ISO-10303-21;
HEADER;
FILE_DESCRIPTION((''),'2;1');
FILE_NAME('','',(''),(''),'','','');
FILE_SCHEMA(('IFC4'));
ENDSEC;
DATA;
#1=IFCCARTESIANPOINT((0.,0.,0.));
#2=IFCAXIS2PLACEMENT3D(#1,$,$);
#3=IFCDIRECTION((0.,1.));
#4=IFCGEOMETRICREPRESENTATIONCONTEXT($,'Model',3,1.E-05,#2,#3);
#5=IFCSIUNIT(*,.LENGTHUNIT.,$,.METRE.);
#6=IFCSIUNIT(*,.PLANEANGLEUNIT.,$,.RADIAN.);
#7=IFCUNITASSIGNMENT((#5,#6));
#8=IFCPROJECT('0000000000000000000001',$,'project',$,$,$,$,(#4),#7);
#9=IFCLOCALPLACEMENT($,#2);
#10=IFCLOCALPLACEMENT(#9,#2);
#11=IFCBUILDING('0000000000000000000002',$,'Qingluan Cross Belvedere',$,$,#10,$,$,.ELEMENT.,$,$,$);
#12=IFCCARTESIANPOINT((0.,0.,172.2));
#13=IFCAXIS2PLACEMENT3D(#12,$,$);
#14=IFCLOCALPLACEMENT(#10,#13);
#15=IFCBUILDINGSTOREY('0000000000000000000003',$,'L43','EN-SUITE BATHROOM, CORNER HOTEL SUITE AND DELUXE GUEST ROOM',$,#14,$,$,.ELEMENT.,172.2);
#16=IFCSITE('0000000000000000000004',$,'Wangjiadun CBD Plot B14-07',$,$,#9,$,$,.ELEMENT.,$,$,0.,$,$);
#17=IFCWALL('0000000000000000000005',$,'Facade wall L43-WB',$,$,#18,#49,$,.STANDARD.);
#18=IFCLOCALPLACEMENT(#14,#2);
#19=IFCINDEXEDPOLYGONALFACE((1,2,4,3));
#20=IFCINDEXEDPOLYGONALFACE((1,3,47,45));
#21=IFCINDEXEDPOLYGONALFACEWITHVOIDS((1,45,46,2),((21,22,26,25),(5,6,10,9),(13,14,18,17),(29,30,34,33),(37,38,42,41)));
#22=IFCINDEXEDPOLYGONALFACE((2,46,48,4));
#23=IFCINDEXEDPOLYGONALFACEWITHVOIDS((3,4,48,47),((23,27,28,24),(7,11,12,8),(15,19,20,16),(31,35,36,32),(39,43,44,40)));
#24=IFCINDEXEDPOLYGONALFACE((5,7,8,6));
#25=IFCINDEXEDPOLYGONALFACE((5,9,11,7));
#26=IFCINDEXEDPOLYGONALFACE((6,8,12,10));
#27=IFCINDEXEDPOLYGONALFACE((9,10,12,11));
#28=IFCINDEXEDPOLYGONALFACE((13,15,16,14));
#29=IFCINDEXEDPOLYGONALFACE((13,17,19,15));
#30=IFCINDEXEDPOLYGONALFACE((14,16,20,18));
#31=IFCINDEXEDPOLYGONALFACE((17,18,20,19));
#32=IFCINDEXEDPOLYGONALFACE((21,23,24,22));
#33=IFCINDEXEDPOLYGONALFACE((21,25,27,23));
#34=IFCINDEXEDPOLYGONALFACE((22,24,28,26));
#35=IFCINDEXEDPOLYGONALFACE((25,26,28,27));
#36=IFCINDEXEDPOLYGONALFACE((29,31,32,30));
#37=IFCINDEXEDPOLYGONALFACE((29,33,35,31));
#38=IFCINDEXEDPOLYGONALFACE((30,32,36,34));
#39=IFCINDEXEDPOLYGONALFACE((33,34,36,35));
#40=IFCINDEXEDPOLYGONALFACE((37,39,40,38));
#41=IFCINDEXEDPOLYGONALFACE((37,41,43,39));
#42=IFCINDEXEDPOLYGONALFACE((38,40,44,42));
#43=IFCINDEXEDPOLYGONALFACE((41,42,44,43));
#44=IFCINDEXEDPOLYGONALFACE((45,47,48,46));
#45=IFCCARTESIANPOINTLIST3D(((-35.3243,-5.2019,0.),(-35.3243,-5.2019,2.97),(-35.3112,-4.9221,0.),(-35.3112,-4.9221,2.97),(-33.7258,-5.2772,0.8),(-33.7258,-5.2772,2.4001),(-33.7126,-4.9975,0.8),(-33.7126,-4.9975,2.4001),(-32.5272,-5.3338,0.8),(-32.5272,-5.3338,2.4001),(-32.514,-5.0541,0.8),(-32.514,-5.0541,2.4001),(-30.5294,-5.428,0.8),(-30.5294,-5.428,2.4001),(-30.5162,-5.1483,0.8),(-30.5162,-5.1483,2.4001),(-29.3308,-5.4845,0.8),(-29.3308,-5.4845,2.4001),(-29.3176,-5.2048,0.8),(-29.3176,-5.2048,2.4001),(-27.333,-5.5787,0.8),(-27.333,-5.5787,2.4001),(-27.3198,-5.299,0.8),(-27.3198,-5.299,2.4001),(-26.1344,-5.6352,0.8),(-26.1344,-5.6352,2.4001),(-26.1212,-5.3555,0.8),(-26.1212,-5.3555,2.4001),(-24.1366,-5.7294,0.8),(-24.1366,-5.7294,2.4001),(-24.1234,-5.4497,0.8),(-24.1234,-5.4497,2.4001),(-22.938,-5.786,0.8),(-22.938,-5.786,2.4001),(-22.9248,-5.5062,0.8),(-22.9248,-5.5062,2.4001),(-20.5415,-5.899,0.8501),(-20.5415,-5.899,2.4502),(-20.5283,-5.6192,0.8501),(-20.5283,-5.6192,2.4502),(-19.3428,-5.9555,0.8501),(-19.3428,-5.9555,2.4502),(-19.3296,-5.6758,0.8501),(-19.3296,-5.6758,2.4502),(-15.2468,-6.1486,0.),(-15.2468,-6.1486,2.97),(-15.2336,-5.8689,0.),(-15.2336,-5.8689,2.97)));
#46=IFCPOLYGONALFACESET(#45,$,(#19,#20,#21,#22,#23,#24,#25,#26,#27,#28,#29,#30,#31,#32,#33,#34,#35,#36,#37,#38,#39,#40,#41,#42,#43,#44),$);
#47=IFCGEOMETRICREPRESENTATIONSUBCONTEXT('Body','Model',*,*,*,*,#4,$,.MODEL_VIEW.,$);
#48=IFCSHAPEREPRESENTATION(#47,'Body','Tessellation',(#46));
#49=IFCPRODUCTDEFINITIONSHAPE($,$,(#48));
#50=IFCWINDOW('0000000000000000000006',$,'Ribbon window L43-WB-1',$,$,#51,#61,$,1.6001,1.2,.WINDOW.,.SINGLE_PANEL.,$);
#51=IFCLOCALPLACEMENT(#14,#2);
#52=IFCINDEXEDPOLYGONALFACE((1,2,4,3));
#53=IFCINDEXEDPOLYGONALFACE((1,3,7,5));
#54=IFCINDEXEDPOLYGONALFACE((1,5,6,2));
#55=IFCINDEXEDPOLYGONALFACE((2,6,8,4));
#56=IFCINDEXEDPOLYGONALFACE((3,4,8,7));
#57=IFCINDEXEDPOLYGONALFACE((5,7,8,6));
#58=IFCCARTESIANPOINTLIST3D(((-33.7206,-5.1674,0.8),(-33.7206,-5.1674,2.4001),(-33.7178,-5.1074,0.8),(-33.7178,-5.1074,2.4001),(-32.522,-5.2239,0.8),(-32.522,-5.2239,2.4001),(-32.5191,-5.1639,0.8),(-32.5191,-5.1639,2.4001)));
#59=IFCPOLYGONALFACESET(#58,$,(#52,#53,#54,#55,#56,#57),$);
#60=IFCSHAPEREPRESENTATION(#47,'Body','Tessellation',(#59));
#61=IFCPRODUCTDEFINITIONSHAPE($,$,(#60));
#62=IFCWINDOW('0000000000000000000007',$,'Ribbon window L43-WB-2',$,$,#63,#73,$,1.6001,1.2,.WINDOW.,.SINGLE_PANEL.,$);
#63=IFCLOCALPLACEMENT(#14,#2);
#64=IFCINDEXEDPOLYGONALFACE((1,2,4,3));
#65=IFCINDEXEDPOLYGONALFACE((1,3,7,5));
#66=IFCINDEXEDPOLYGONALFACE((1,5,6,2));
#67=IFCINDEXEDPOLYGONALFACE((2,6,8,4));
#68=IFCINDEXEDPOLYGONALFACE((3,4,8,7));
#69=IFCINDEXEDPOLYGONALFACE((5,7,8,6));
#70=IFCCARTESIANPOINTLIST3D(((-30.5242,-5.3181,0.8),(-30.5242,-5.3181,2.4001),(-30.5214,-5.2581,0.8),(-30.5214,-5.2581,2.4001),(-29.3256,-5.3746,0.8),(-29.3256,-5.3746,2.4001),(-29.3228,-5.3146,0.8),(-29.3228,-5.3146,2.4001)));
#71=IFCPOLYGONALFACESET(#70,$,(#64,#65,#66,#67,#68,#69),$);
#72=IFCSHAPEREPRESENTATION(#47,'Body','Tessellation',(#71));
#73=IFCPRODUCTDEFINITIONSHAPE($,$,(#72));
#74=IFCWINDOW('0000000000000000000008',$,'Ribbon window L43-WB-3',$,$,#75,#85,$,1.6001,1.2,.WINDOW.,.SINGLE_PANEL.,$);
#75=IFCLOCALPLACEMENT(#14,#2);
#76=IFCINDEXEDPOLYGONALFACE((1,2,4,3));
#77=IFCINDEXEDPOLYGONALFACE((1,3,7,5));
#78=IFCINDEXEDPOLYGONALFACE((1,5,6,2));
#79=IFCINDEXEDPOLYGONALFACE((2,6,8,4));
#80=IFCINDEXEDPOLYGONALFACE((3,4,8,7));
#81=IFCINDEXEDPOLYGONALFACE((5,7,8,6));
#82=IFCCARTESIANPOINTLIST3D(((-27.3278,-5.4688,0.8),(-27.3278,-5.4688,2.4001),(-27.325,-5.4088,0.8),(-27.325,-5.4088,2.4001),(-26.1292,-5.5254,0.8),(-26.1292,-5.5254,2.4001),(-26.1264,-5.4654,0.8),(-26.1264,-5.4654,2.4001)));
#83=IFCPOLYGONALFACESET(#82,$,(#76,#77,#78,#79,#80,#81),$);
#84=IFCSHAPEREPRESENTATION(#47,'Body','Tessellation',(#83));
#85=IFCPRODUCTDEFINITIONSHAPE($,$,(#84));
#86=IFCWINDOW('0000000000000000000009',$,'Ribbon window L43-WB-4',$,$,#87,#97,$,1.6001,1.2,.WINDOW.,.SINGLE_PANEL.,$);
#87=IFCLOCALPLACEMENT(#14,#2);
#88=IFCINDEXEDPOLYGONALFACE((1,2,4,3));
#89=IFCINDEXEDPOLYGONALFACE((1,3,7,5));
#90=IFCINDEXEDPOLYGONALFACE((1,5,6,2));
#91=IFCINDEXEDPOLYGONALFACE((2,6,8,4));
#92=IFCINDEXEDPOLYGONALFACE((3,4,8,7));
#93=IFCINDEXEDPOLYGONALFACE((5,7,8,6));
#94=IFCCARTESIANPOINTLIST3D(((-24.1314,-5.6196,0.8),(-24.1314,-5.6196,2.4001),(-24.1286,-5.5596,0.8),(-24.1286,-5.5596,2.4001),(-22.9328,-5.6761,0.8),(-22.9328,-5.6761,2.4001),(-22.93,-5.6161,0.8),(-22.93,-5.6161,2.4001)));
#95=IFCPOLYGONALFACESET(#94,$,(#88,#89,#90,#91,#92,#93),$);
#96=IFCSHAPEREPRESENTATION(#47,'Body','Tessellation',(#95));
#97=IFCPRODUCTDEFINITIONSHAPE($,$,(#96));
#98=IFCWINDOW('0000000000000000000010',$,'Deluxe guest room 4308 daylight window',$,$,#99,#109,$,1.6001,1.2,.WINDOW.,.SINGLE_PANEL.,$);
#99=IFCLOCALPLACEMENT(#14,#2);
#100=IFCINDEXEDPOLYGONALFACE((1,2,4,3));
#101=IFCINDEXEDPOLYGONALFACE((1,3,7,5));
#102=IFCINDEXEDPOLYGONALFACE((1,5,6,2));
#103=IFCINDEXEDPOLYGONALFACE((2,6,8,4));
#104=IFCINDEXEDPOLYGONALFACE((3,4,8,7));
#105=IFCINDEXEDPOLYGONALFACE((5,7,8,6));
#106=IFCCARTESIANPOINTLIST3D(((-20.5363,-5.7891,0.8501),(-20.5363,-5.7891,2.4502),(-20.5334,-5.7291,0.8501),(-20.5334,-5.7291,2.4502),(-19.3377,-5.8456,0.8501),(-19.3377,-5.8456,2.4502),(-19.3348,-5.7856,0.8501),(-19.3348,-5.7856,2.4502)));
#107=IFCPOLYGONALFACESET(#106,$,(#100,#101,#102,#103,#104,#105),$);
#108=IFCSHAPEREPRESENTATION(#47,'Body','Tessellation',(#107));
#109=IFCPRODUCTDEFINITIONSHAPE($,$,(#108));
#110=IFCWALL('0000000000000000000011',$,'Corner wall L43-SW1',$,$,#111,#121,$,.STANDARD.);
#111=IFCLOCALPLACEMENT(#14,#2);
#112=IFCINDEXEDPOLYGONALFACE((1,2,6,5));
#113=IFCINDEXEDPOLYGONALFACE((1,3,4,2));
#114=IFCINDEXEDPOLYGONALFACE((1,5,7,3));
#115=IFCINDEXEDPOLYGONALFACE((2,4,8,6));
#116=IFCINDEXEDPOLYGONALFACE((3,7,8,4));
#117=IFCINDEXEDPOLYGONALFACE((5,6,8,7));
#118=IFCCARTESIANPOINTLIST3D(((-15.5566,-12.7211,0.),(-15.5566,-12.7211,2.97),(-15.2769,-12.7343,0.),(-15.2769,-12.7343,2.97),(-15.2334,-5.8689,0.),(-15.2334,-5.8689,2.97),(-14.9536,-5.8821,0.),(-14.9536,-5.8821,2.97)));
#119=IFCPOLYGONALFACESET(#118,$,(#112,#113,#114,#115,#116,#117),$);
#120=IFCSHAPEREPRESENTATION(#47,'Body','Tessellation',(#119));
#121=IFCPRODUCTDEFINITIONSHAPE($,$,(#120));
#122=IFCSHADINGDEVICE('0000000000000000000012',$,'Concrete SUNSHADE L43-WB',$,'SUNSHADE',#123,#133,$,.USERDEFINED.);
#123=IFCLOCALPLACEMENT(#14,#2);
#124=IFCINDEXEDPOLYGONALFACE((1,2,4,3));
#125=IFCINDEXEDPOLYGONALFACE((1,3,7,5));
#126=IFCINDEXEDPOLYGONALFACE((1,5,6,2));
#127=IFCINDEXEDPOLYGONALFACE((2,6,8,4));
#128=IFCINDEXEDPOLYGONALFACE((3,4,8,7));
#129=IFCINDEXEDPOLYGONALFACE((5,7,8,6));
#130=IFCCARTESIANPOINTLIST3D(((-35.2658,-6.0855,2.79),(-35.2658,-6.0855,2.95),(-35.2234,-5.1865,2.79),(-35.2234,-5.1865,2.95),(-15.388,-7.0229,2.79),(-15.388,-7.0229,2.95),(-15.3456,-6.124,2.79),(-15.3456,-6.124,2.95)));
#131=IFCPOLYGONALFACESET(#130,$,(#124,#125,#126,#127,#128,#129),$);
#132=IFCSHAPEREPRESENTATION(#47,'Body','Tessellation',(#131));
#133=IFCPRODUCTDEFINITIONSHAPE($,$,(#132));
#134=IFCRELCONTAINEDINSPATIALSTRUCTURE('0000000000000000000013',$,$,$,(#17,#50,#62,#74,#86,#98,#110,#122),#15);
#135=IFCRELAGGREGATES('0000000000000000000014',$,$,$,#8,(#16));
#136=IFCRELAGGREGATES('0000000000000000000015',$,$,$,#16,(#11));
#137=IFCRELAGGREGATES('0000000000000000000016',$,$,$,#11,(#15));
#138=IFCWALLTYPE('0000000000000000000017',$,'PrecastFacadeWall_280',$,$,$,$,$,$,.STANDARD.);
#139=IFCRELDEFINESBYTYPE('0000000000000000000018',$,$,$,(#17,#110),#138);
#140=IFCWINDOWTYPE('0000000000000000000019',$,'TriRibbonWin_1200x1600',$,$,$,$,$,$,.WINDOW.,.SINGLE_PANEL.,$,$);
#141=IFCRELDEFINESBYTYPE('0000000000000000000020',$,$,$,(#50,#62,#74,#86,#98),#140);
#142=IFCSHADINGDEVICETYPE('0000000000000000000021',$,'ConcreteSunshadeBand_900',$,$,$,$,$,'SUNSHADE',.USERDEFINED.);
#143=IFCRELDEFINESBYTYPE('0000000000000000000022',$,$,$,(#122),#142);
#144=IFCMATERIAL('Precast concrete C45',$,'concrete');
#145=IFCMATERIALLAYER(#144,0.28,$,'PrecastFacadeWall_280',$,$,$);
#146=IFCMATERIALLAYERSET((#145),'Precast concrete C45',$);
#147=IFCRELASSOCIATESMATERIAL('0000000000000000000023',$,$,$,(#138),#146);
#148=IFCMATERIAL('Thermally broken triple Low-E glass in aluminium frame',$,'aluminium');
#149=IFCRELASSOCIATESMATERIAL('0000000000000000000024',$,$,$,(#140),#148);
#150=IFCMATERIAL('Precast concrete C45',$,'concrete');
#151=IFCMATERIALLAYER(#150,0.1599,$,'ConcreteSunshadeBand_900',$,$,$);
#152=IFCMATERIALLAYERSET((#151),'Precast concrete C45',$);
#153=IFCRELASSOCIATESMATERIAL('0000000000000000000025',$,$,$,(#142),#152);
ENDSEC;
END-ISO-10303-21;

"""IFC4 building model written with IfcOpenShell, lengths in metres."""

from ifc_helpers import new_model, si_unit, direction, frame, frame_2d, origin, origin_2d, place, context, subcontext, project, spatial, rectangle, extrude, material, layer, layer_set, type_object, element, fill, save


model = new_model("IFC4")

# Units and contexts
model_context = context("Model", 3, precision=1e-05, world=origin(), true_north=direction((0.0, 1.0)))
body_context = subcontext(model_context, "Body", "Model", "MODEL_VIEW")
ifc_project = project(units=[si_unit("LENGTHUNIT", "METRE"), si_unit("PLANEANGLEUNIT", "RADIAN")], contexts=[model_context])

# Site, building, storey
site_placement = place(None, origin())
site = spatial("IfcSite", under=ifc_project, at=site_placement, Name="Wangjiadun CBD Plot B14-07", CompositionType="ELEMENT", RefElevation=0.0)
building_placement = place(site_placement, origin())
building = spatial("IfcBuilding", under=site, at=building_placement, Name="Qingluan Cross Belvedere", CompositionType="ELEMENT")
storey_placement = place(building_placement, frame((0.0, 0.0, 172.2)))
storey = spatial("IfcBuildingStorey", under=building, at=storey_placement, Name="L43", Description="EN-SUITE BATHROOM, CORNER HOTEL SUITE AND DELUXE GUEST ROOM", CompositionType="ELEMENT", Elevation=172.2)

# Wall, openings, windows
ifc_material_1 = material(Name="Precast concrete C45", Category="concrete")
ifc_layer_1 = layer(ifc_material_1, 0.28, Name="PrecastFacadeWall_280")
ifc_layer_set_1 = layer_set([ifc_layer_1], Name="Precast concrete C45")
wall_type_1 = type_object("IfcWallType", Name="PrecastFacadeWall_280", PredefinedType="STANDARD", material=ifc_layer_set_1)
wall_1_placement = place(storey_placement, frame((-35.3176, -5.062, 0.0), z_axis=(0.0, 0.0, 1.0), x_axis=(0.99889, -0.047103, 0.0)))
wall_1 = element("IfcWall", 1, at=wall_1_placement, inside=storey, type_object=wall_type_1, Name="Facade wall L43-WB", PredefinedType="STANDARD", context=body_context, shape_type="SweptSolid", body=[
    extrude(rectangle(XDim=20.0999, YDim=0.28, at=frame_2d((10.0498, 0.0))), origin(), (0.0, 0.0, 1.0), 2.97),
])
opening_1_placement = place(wall_1_placement, frame((1.6001, 0.0, 0.8)))
opening_1 = element("IfcOpeningElement", 2, at=opening_1_placement, cuts=wall_1, PredefinedType="OPENING", context=body_context, shape_type="SweptSolid", body=[
    extrude(rectangle(XDim=1.2, YDim=1.6001, at=frame_2d((0.6001, 0.8))), frame((0.0, 0.1499, 0.0), z_axis=(0.0, -1.0, 0.0), x_axis=(1.0, 0.0, 0.0)), (0.0, 0.0, 1.0), 0.3),
])
opening_2_placement = place(wall_1_placement, frame((4.8, 0.0, 0.8)))
opening_2 = element("IfcOpeningElement", 3, at=opening_2_placement, cuts=wall_1, PredefinedType="OPENING", context=body_context, shape_type="SweptSolid", body=[
    extrude(rectangle(XDim=1.2, YDim=1.6001, at=frame_2d((0.6001, 0.8))), frame((0.0, 0.1499, 0.0), z_axis=(0.0, -1.0, 0.0), x_axis=(1.0, 0.0, 0.0)), (0.0, 0.0, 1.0), 0.3),
])
opening_3_placement = place(wall_1_placement, frame((8.0, 0.0, 0.8)))
opening_3 = element("IfcOpeningElement", 4, at=opening_3_placement, cuts=wall_1, PredefinedType="OPENING", context=body_context, shape_type="SweptSolid", body=[
    extrude(rectangle(XDim=1.2, YDim=1.6001, at=frame_2d((0.6001, 0.8))), frame((0.0, 0.1499, 0.0), z_axis=(0.0, -1.0, 0.0), x_axis=(1.0, 0.0, 0.0)), (0.0, 0.0, 1.0), 0.3),
])
opening_4_placement = place(wall_1_placement, frame((11.2, 0.0, 0.8)))
opening_4 = element("IfcOpeningElement", 5, at=opening_4_placement, cuts=wall_1, PredefinedType="OPENING", context=body_context, shape_type="SweptSolid", body=[
    extrude(rectangle(XDim=1.2, YDim=1.6001, at=frame_2d((0.6001, 0.8))), frame((0.0, 0.1499, 0.0), z_axis=(0.0, -1.0, 0.0), x_axis=(1.0, 0.0, 0.0)), (0.0, 0.0, 1.0), 0.3),
])
opening_5_placement = place(wall_1_placement, frame((14.7991, 0.0, 0.8501)))
opening_5 = element("IfcOpeningElement", 6, at=opening_5_placement, cuts=wall_1, PredefinedType="OPENING", context=body_context, shape_type="SweptSolid", body=[
    extrude(rectangle(XDim=1.2, YDim=1.6001, at=frame_2d((0.6001, 0.8))), frame((0.0, 0.1499, 0.0), z_axis=(0.0, -1.0, 0.0), x_axis=(1.0, 0.0, 0.0)), (0.0, 0.0, 1.0), 0.3),
])
ifc_material_2 = material(Name="Thermally broken triple Low-E glass in aluminium frame", Category="aluminium")
window_type = type_object("IfcWindowType", Name="TriRibbonWin_1200x1600", PartitioningType="SINGLE_PANEL", PredefinedType="WINDOW", material=ifc_material_2)
window_1_placement = place(opening_1_placement, origin())
window_1 = element("IfcWindow", 7, at=window_1_placement, inside=storey, type_object=window_type, Name="Ribbon window L43-WB-1", OverallHeight=1.6001, OverallWidth=1.2, PartitioningType="SINGLE_PANEL", PredefinedType="WINDOW", context=body_context, shape_type="SweptSolid", body=[
    extrude(rectangle(XDim=1.2, YDim=1.6001, at=frame_2d((0.6001, 0.8))), frame((0.0, 0.03, 0.0), z_axis=(0.0, -1.0, 0.0), x_axis=(1.0, 0.0, 0.0)), (0.0, 0.0, 1.0), 0.0601),
])
fill(opening_1, window_1)
window_2_placement = place(opening_2_placement, origin())
window_2 = element("IfcWindow", 8, at=window_2_placement, inside=storey, type_object=window_type, Name="Ribbon window L43-WB-2", OverallHeight=1.6001, OverallWidth=1.2, PartitioningType="SINGLE_PANEL", PredefinedType="WINDOW", context=body_context, shape_type="SweptSolid", body=[
    extrude(rectangle(XDim=1.2, YDim=1.6001, at=frame_2d((0.6001, 0.8))), frame((0.0, 0.03, 0.0), z_axis=(0.0, -1.0, 0.0), x_axis=(1.0, 0.0, 0.0)), (0.0, 0.0, 1.0), 0.0601),
])
fill(opening_2, window_2)
window_3_placement = place(opening_3_placement, origin())
window_3 = element("IfcWindow", 9, at=window_3_placement, inside=storey, type_object=window_type, Name="Ribbon window L43-WB-3", OverallHeight=1.6001, OverallWidth=1.2, PartitioningType="SINGLE_PANEL", PredefinedType="WINDOW", context=body_context, shape_type="SweptSolid", body=[
    extrude(rectangle(XDim=1.2, YDim=1.6001, at=frame_2d((0.6001, 0.8))), frame((0.0, 0.03, 0.0), z_axis=(0.0, -1.0, 0.0), x_axis=(1.0, 0.0, 0.0)), (0.0, 0.0, 1.0), 0.0601),
])
fill(opening_3, window_3)
window_4_placement = place(opening_4_placement, origin())
window_4 = element("IfcWindow", 10, at=window_4_placement, inside=storey, type_object=window_type, Name="Ribbon window L43-WB-4", OverallHeight=1.6001, OverallWidth=1.2, PartitioningType="SINGLE_PANEL", PredefinedType="WINDOW", context=body_context, shape_type="SweptSolid", body=[
    extrude(rectangle(XDim=1.2, YDim=1.6001, at=frame_2d((0.6001, 0.8))), frame((0.0, 0.03, 0.0), z_axis=(0.0, -1.0, 0.0), x_axis=(1.0, 0.0, 0.0)), (0.0, 0.0, 1.0), 0.0601),
])
fill(opening_4, window_4)
window_5_placement = place(opening_5_placement, origin())
window_5 = element("IfcWindow", 11, at=window_5_placement, inside=storey, type_object=window_type, Name="Deluxe guest room 4308 daylight window", OverallHeight=1.6001, OverallWidth=1.2, PartitioningType="SINGLE_PANEL", PredefinedType="WINDOW", context=body_context, shape_type="SweptSolid", body=[
    extrude(rectangle(XDim=1.2, YDim=1.6001, at=frame_2d((0.6001, 0.8))), frame((0.0, 0.03, 0.0), z_axis=(0.0, -1.0, 0.0), x_axis=(1.0, 0.0, 0.0)), (0.0, 0.0, 1.0), 0.0601),
])
fill(opening_5, window_5)

# Wall
wall_2_placement = place(storey_placement, frame((-15.0935, -5.8755, 0.0), z_axis=(0.0, 0.0, 1.0), x_axis=(-0.04712, -0.998889, 0.0)))
element("IfcWall", 12, at=wall_2_placement, inside=storey, type_object=wall_type_1, Name="Corner wall L43-SW1", PredefinedType="STANDARD", context=body_context, shape_type="SweptSolid", body=[
    extrude(rectangle(XDim=6.8599, YDim=0.28, at=frame_2d((3.4299, 0.0))), origin(), (0.0, 0.0, 1.0), 2.97),
])

# Shading device
ifc_material_3 = material(Name="Precast concrete C45", Category="concrete")
ifc_layer_2 = layer(ifc_material_3, 0.1599, Name="ConcreteSunshadeBand_900")
ifc_layer_set_2 = layer_set([ifc_layer_2], Name="Precast concrete C45")
shading_device_type = type_object("IfcShadingDeviceType", Name="ConcreteSunshadeBand_900", ElementType="SUNSHADE", PredefinedType="USERDEFINED", material=ifc_layer_set_2)
shading_device_placement = place(storey_placement, frame((-25.3057, -6.1047, 2.79), z_axis=(0.0, 0.0, 1.0), x_axis=(0.99889, -0.047109, 0.0)))
element("IfcShadingDevice", 13, at=shading_device_placement, inside=storey, type_object=shading_device_type, Name="Concrete SUNSHADE L43-WB", ObjectType="SUNSHADE", PredefinedType="USERDEFINED", context=body_context, shape_type="SweptSolid", body=[
    extrude(rectangle(XDim=19.8999, YDim=0.8999, at=origin_2d()), origin(), (0.0, 0.0, 1.0), 0.1599),
])

save(model, "model.ifc")
